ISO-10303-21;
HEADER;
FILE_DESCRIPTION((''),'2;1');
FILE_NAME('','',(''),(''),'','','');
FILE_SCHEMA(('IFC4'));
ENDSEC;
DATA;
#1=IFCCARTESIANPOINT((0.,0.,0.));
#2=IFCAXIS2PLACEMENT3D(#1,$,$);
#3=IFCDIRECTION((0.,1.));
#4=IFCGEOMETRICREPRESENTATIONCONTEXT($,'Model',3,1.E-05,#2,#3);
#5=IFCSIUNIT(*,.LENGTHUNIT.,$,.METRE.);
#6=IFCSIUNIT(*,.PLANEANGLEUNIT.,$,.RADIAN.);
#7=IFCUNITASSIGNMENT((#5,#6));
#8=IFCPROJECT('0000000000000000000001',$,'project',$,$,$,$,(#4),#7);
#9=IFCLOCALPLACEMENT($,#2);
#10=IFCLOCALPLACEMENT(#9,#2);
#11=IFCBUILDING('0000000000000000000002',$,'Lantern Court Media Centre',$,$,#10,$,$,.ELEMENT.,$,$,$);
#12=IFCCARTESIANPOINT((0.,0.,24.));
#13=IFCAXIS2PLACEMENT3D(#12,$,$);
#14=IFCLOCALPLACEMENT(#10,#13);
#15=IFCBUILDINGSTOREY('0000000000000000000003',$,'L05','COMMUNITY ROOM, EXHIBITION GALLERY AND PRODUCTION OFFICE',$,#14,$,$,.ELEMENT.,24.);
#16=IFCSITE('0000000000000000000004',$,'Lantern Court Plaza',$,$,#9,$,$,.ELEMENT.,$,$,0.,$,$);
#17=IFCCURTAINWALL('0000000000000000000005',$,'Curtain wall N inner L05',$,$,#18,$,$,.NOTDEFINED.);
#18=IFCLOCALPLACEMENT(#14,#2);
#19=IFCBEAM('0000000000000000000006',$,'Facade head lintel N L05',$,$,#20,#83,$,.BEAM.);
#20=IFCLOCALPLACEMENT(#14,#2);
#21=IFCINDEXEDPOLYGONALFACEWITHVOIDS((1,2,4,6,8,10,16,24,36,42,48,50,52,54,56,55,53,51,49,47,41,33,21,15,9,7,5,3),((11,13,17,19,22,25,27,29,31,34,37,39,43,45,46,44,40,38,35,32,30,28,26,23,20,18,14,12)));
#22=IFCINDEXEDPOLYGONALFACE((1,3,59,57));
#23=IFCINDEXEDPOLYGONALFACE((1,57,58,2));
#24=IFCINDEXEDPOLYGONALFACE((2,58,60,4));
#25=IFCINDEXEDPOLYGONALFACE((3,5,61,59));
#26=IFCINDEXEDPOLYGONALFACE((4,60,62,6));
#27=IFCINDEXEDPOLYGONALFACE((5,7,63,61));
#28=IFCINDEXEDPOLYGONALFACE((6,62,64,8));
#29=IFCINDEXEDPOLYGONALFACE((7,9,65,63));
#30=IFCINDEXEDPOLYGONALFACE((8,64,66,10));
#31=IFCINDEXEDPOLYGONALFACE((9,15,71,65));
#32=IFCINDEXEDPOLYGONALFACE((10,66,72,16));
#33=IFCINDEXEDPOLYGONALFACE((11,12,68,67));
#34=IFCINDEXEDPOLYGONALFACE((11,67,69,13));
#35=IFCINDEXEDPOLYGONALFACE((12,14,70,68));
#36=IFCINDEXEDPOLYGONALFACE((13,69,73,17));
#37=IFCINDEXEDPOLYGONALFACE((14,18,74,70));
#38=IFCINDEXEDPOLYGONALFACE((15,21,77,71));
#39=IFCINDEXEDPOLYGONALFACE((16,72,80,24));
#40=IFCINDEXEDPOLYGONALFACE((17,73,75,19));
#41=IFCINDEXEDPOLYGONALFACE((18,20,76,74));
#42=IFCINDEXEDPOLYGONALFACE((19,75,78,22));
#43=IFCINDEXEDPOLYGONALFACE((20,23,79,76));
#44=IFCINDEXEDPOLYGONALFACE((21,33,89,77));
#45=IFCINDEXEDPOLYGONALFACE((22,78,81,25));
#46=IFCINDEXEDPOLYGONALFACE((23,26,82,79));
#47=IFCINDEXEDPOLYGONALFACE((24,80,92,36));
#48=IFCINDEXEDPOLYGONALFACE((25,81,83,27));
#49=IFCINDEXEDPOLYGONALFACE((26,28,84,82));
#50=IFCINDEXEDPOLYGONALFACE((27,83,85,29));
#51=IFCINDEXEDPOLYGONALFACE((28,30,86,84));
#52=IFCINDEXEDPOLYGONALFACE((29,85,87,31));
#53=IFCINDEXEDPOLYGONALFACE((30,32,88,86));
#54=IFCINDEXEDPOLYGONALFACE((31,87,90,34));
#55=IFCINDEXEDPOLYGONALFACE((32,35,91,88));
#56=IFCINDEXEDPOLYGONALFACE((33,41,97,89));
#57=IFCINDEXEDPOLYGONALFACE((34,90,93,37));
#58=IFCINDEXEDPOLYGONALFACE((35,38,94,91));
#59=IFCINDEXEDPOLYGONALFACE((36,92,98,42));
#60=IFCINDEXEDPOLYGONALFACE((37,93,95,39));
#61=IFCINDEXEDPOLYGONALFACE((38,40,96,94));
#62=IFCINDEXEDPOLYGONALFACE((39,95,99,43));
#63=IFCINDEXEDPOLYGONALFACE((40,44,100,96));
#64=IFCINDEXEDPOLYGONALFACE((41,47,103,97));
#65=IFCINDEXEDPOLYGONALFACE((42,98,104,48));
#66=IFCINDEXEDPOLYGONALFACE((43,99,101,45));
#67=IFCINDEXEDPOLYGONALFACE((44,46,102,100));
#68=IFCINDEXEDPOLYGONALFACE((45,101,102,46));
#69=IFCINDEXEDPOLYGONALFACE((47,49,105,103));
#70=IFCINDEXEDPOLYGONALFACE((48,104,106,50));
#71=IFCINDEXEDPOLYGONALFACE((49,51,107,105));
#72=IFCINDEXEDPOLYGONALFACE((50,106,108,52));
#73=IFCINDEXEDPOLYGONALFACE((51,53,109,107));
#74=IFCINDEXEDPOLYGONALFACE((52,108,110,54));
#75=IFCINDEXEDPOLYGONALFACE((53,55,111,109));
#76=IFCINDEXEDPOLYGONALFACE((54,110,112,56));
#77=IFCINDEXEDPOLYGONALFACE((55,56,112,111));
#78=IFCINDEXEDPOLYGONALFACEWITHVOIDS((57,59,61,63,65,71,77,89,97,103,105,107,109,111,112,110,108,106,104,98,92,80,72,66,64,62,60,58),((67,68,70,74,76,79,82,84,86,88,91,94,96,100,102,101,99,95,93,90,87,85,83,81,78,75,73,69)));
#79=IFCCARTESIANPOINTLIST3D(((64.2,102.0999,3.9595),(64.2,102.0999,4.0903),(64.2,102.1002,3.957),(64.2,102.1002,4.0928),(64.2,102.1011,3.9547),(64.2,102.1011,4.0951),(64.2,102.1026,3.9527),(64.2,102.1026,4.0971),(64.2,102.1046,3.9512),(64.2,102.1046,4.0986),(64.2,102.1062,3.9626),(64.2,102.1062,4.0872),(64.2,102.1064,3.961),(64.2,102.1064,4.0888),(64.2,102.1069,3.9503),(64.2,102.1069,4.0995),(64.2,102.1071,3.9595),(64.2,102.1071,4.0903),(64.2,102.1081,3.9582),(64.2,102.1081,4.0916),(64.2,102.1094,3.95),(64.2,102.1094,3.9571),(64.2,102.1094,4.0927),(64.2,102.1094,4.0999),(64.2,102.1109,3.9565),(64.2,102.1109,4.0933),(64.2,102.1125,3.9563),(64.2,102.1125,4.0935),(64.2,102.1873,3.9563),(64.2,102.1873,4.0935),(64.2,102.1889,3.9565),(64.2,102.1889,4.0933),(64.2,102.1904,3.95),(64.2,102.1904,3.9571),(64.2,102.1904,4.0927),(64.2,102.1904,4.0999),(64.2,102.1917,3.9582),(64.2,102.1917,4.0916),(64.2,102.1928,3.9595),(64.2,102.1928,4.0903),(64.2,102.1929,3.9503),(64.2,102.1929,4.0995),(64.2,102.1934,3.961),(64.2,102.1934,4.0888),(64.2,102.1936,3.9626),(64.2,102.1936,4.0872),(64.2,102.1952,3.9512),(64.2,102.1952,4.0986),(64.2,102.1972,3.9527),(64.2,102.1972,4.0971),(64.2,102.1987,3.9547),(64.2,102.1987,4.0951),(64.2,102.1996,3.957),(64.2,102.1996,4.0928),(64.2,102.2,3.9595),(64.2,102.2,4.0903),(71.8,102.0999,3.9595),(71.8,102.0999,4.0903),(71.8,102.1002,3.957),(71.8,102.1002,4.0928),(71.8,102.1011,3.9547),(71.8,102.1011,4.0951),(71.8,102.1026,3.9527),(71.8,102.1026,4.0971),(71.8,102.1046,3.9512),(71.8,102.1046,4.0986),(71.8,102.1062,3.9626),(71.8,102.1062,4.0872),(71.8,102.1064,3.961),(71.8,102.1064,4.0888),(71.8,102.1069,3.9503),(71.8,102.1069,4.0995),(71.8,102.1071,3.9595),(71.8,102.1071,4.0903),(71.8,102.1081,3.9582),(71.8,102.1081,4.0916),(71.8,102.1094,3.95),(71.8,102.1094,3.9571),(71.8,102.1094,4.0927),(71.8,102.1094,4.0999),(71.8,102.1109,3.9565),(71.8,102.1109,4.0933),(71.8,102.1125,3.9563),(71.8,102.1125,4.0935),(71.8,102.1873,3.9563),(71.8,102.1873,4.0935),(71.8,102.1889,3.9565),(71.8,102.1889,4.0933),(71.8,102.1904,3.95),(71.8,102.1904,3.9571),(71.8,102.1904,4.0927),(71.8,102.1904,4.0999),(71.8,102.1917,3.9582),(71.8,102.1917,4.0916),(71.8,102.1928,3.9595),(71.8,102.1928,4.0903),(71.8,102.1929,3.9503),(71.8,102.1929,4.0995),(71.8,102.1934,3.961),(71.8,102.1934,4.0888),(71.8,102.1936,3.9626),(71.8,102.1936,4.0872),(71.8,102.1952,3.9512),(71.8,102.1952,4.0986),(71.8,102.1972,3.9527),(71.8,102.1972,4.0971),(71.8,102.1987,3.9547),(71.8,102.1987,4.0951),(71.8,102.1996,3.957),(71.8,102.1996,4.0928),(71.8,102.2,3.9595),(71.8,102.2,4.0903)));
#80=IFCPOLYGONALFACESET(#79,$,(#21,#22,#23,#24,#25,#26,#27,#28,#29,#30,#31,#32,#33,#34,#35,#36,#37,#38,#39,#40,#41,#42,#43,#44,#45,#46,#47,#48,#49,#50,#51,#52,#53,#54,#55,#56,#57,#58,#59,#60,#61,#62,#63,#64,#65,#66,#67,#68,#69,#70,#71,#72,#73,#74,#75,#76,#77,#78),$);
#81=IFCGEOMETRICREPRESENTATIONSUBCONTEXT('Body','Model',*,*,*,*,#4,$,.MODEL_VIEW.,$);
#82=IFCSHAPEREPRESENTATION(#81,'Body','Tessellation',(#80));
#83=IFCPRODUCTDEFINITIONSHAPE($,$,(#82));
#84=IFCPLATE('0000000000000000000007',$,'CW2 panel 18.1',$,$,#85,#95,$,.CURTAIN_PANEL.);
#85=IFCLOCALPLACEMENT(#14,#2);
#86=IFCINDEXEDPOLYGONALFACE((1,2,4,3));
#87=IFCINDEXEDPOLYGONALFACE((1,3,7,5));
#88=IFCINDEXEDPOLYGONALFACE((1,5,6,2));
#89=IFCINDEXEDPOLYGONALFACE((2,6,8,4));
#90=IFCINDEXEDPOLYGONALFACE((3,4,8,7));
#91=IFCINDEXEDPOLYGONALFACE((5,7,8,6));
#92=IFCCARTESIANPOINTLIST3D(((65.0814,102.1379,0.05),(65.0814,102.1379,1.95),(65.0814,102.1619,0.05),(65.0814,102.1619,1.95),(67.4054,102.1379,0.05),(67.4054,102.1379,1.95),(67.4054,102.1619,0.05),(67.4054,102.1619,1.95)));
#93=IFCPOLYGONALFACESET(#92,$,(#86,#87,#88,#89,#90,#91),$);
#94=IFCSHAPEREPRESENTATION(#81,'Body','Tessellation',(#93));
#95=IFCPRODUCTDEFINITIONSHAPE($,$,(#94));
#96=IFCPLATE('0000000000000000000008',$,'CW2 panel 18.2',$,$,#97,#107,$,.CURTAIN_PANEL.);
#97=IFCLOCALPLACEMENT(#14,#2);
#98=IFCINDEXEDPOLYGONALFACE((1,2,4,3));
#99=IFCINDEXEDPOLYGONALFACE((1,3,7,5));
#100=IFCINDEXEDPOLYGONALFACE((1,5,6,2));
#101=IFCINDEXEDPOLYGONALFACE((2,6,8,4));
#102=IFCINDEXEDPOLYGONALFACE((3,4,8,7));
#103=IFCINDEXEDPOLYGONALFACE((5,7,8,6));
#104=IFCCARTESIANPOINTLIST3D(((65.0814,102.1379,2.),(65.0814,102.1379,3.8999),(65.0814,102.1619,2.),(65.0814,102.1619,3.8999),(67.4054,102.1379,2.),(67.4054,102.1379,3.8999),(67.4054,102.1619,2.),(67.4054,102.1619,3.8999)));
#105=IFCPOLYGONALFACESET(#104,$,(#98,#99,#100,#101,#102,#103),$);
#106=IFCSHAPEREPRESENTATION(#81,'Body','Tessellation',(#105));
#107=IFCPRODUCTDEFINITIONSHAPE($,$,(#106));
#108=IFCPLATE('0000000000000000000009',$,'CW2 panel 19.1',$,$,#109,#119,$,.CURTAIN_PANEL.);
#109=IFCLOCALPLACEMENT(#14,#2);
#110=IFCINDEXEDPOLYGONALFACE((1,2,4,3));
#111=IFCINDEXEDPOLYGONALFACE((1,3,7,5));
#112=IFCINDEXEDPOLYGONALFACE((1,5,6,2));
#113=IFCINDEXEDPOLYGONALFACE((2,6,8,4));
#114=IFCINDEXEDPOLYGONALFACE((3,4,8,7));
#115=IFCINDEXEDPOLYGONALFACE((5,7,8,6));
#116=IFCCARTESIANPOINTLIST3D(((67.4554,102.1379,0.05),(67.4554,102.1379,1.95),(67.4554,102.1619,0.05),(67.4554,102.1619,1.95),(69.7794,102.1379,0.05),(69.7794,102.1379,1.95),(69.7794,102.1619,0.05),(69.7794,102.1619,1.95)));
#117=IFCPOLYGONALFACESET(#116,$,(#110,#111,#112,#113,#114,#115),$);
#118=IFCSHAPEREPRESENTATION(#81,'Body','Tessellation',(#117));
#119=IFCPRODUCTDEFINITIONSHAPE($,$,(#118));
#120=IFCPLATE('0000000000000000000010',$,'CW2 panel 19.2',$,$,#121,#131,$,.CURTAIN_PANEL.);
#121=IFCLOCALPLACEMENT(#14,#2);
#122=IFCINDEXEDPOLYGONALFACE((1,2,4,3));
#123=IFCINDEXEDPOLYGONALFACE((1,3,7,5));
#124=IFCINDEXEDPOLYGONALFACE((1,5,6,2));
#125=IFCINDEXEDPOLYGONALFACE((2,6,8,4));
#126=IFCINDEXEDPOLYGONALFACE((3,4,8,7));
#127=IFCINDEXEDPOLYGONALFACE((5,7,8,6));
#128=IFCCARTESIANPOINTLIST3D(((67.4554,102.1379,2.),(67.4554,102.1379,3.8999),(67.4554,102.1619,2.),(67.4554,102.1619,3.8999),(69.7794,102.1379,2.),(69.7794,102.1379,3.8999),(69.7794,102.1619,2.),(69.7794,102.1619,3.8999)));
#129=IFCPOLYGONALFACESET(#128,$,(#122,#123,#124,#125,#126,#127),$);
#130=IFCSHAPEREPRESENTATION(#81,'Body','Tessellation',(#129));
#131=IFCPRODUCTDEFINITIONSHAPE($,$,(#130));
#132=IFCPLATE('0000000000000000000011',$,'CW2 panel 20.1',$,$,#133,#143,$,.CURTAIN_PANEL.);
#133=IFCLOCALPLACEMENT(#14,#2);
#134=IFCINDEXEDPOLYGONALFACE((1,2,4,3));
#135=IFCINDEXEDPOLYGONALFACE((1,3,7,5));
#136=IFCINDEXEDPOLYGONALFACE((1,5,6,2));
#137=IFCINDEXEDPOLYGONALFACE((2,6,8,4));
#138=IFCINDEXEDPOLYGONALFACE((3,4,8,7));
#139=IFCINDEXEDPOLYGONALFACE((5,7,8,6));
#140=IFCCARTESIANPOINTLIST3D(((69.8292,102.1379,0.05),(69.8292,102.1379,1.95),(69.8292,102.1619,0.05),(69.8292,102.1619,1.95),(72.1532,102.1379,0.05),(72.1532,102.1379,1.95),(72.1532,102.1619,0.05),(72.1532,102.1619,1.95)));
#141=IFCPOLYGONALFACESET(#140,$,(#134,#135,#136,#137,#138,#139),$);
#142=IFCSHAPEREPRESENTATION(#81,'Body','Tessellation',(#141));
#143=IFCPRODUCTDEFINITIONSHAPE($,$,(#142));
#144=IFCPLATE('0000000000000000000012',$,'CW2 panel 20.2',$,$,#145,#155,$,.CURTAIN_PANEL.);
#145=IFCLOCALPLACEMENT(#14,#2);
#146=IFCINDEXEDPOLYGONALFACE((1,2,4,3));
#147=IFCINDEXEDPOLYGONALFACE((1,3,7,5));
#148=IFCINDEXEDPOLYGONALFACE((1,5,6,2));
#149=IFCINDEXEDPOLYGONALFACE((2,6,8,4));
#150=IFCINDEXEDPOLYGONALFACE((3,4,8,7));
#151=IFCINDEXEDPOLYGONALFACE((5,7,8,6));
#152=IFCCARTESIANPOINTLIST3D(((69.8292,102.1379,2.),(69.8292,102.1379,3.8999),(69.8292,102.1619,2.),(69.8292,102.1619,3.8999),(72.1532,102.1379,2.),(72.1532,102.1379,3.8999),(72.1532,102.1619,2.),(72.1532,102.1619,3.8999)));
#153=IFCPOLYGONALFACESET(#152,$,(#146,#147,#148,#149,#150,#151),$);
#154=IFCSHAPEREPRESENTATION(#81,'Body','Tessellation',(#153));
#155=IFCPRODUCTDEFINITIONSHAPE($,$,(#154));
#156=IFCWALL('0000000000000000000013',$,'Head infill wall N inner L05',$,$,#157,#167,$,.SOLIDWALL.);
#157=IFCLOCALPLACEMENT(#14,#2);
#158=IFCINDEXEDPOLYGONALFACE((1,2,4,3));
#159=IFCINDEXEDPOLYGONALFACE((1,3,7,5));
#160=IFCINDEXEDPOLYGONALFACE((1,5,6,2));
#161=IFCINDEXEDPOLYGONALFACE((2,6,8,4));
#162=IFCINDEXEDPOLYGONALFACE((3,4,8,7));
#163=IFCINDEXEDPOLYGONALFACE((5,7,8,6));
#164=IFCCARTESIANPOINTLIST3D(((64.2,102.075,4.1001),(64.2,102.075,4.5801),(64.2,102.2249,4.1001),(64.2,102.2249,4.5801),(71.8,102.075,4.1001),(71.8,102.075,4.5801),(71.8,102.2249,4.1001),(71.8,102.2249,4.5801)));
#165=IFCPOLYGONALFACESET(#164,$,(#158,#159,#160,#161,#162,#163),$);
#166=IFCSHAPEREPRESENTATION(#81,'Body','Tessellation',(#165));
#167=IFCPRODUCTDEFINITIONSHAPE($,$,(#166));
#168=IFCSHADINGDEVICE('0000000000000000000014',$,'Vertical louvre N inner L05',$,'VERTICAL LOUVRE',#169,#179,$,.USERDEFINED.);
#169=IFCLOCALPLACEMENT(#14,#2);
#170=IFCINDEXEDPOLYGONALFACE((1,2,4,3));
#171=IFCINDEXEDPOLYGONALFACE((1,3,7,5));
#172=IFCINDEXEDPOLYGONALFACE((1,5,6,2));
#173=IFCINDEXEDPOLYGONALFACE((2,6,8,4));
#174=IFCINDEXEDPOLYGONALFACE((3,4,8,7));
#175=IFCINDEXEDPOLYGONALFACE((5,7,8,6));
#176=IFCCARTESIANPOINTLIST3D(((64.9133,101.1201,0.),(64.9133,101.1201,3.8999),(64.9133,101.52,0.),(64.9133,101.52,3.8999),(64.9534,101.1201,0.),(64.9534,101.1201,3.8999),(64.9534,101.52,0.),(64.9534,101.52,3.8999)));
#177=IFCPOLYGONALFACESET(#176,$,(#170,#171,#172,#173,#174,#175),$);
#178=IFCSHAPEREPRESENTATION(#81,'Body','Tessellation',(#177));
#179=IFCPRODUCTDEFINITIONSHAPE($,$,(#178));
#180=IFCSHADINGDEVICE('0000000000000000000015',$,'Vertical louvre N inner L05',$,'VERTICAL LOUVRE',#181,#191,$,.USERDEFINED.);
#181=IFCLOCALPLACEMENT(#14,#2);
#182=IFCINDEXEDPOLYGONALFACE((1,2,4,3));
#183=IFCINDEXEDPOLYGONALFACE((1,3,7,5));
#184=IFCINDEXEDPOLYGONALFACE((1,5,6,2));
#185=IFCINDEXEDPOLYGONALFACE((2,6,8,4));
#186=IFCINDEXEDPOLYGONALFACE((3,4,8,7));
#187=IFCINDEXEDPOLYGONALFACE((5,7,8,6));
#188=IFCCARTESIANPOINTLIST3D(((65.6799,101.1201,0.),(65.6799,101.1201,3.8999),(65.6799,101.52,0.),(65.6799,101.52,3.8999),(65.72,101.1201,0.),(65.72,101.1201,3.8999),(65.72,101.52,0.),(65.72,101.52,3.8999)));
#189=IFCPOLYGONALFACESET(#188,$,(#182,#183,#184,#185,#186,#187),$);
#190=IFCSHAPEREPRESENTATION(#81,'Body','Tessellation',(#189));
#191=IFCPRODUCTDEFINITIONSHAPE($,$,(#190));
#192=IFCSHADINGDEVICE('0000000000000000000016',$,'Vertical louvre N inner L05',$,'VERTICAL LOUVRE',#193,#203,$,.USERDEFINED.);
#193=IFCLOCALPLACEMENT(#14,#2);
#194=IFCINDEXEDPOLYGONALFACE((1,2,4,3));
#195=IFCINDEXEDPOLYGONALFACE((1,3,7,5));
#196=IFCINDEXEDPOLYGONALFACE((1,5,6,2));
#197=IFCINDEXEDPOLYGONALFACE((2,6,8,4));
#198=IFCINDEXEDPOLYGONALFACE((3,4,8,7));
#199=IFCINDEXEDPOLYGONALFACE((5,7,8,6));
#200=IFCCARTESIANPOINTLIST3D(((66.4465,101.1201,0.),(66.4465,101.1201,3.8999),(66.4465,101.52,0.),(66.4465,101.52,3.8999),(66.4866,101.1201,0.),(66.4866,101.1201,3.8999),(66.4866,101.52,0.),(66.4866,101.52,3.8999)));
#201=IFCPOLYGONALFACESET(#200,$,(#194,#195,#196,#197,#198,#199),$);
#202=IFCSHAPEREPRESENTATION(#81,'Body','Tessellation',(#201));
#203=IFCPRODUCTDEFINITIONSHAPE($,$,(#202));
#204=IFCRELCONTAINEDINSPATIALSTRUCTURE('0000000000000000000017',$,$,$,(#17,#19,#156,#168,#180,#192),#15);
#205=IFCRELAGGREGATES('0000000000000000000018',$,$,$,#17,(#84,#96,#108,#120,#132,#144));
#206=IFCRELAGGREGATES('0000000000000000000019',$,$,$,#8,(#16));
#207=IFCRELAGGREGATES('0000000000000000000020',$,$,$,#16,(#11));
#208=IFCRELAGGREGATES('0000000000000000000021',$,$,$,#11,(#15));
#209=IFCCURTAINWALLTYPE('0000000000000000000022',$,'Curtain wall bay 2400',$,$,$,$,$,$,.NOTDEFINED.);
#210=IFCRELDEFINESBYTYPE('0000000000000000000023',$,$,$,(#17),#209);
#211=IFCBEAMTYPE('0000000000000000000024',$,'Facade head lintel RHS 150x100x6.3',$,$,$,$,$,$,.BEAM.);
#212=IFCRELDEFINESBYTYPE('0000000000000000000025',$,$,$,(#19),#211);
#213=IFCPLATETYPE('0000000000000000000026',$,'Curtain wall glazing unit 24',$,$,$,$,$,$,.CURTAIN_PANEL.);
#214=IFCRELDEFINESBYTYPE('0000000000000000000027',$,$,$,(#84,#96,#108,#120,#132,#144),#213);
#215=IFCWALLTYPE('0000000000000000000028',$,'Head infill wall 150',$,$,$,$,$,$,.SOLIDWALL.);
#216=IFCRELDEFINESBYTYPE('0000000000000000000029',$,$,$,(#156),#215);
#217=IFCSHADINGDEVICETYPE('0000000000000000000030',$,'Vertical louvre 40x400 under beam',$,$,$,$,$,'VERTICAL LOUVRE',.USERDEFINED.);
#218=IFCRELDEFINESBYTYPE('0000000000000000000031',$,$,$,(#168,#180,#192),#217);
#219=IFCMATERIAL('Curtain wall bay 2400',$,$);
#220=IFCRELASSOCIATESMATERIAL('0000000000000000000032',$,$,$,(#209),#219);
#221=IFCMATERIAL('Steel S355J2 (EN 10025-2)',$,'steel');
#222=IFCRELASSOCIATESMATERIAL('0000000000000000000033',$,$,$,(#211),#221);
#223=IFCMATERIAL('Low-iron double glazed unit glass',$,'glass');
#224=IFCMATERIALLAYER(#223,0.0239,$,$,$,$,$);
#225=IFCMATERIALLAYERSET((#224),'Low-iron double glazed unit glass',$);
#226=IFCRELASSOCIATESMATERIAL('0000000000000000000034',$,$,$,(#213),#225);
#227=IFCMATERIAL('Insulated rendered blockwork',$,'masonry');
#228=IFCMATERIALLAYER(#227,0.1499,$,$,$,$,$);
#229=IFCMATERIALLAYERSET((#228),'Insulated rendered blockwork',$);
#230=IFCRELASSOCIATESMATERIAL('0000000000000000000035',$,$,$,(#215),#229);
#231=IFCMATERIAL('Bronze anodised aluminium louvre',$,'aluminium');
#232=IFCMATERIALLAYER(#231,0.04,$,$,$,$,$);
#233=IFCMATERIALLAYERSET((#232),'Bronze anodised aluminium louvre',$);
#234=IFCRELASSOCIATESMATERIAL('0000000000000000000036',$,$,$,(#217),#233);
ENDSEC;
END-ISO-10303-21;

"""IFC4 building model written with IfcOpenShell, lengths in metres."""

from ifc_helpers import new_model, si_unit, direction, frame, frame_2d, origin, origin_2d, place, context, subcontext, project, spatial, rectangle, hollow_rectangle, extrude, material, layer, layer_set, material_profile, profile_set, type_object, element, aggregate, save


model = new_model("IFC4")

# Units and contexts
model_context = context("Model", 3, precision=1e-05, world=origin(), true_north=direction((0.0, 1.0)))
body_context = subcontext(model_context, "Body", "Model", "MODEL_VIEW")
ifc_project = project(units=[si_unit("LENGTHUNIT", "METRE"), si_unit("PLANEANGLEUNIT", "RADIAN")], contexts=[model_context])

# Site, building, storey
site_placement = place(None, origin())
site = spatial("IfcSite", under=ifc_project, at=site_placement, Name="Lantern Court Plaza", CompositionType="ELEMENT", RefElevation=0.0)
building_placement = place(site_placement, origin())
building = spatial("IfcBuilding", under=site, at=building_placement, Name="Lantern Court Media Centre", CompositionType="ELEMENT")
storey_placement = place(building_placement, frame((0.0, 0.0, 24.0)))
storey = spatial("IfcBuildingStorey", under=building, at=storey_placement, Name="L05", Description="COMMUNITY ROOM, EXHIBITION GALLERY AND PRODUCTION OFFICE", CompositionType="ELEMENT", Elevation=24.0)

# Curtain wall
ifc_material_1 = material(Name="Curtain wall bay 2400")
curtain_wall_type = type_object("IfcCurtainWallType", Name="Curtain wall bay 2400", PredefinedType="NOTDEFINED", material=ifc_material_1)
curtain_wall_placement = place(storey_placement, origin())
curtain_wall = element("IfcCurtainWall", 1, at=curtain_wall_placement, inside=storey, type_object=curtain_wall_type, Name="Curtain wall N inner L05", PredefinedType="NOTDEFINED")

# Beam
ifc_material_2 = material(Name="Steel S355J2 (EN 10025-2)", Category="steel")
ifc_material_profile_1 = material_profile(ifc_material_2, hollow_rectangle(XDim=0.1001, YDim=0.1499, WallThickness=0.0063, InnerFilletRadius=0.0063, OuterFilletRadius=0.0095, at=origin_2d()), Name="Facade head lintel RHS 150x100x6.3")
ifc_profile_set_1 = profile_set([ifc_material_profile_1], Name="Steel S355J2 (EN 10025-2)")
beam_type = type_object("IfcBeamType", Name="Facade head lintel RHS 150x100x6.3", PredefinedType="BEAM", material=ifc_profile_set_1)
beam_placement = place(storey_placement, frame((64.2, 102.1499, 4.0249), z_axis=(1.0, 0.0, 0.0), x_axis=(0.0, 1.0, 0.0)))
element("IfcBeam", 2, at=beam_placement, inside=storey, type_object=beam_type, Name="Facade head lintel N L05", PredefinedType="BEAM", context=body_context, shape_type="SweptSolid", body=[
    extrude(hollow_rectangle(XDim=0.1001, YDim=0.1499, WallThickness=0.0063, InnerFilletRadius=0.0063, OuterFilletRadius=0.0095, at=origin_2d()), origin(), (0.0, 0.0, 1.0), 7.6001),
])

# Plates
ifc_material_3 = material(Name="Low-iron double glazed unit glass", Category="glass")
ifc_layer_1 = layer(ifc_material_3, 0.0239)
ifc_layer_set_1 = layer_set([ifc_layer_1], Name="Low-iron double glazed unit glass")
plate_type = type_object("IfcPlateType", Name="Curtain wall glazing unit 24", PredefinedType="CURTAIN_PANEL", material=ifc_layer_set_1)
plate_1_placement = place(storey_placement, frame((66.2434, 102.1499, 0.05), z_axis=(0.0, 0.0, 1.0), x_axis=(1.0, 0.0, 0.0)))
plate_1 = element("IfcPlate", 3, at=plate_1_placement, type_object=plate_type, Name="CW2 panel 18.1", PredefinedType="CURTAIN_PANEL", context=body_context, shape_type="SweptSolid", body=[
    extrude(rectangle(XDim=2.324, YDim=0.0239, at=origin_2d()), origin(), (0.0, 0.0, 1.0), 1.8999),
])
plate_2_placement = place(storey_placement, frame((66.2434, 102.1499, 2.0), z_axis=(0.0, 0.0, 1.0), x_axis=(1.0, 0.0, 0.0)))
plate_2 = element("IfcPlate", 4, at=plate_2_placement, type_object=plate_type, Name="CW2 panel 18.2", PredefinedType="CURTAIN_PANEL", context=body_context, shape_type="SweptSolid", body=[
    extrude(rectangle(XDim=2.324, YDim=0.0239, at=origin_2d()), origin(), (0.0, 0.0, 1.0), 1.8999),
])
plate_3_placement = place(storey_placement, frame((68.6174, 102.1499, 0.05), z_axis=(0.0, 0.0, 1.0), x_axis=(1.0, 0.0, 0.0)))
plate_3 = element("IfcPlate", 5, at=plate_3_placement, type_object=plate_type, Name="CW2 panel 19.1", PredefinedType="CURTAIN_PANEL", context=body_context, shape_type="SweptSolid", body=[
    extrude(rectangle(XDim=2.324, YDim=0.0239, at=origin_2d()), origin(), (0.0, 0.0, 1.0), 1.8999),
])
plate_4_placement = place(storey_placement, frame((68.6174, 102.1499, 2.0), z_axis=(0.0, 0.0, 1.0), x_axis=(1.0, 0.0, 0.0)))
plate_4 = element("IfcPlate", 6, at=plate_4_placement, type_object=plate_type, Name="CW2 panel 19.2", PredefinedType="CURTAIN_PANEL", context=body_context, shape_type="SweptSolid", body=[
    extrude(rectangle(XDim=2.324, YDim=0.0239, at=origin_2d()), origin(), (0.0, 0.0, 1.0), 1.8999),
])
plate_5_placement = place(storey_placement, frame((70.9912, 102.1499, 0.05), z_axis=(0.0, 0.0, 1.0), x_axis=(1.0, 0.0, 0.0)))
plate_5 = element("IfcPlate", 7, at=plate_5_placement, type_object=plate_type, Name="CW2 panel 20.1", PredefinedType="CURTAIN_PANEL", context=body_context, shape_type="SweptSolid", body=[
    extrude(rectangle(XDim=2.324, YDim=0.0239, at=origin_2d()), origin(), (0.0, 0.0, 1.0), 1.8999),
])
plate_6_placement = place(storey_placement, frame((70.9912, 102.1499, 2.0), z_axis=(0.0, 0.0, 1.0), x_axis=(1.0, 0.0, 0.0)))
plate_6 = element("IfcPlate", 8, at=plate_6_placement, type_object=plate_type, Name="CW2 panel 20.2", PredefinedType="CURTAIN_PANEL", context=body_context, shape_type="SweptSolid", body=[
    extrude(rectangle(XDim=2.324, YDim=0.0239, at=origin_2d()), origin(), (0.0, 0.0, 1.0), 1.8999),
])
aggregate(curtain_wall, [plate_1, plate_2, plate_3, plate_4, plate_5, plate_6])

# Wall
ifc_material_4 = material(Name="Insulated rendered blockwork", Category="masonry")
ifc_layer_2 = layer(ifc_material_4, 0.1499)
ifc_layer_set_2 = layer_set([ifc_layer_2], Name="Insulated rendered blockwork")
wall_type = type_object("IfcWallType", Name="Head infill wall 150", PredefinedType="SOLIDWALL", material=ifc_layer_set_2)
wall_placement = place(storey_placement, frame((64.2, 102.1499, 4.1001), z_axis=(0.0, 0.0, 1.0), x_axis=(1.0, 0.0, 0.0)))
element("IfcWall", 9, at=wall_placement, inside=storey, type_object=wall_type, Name="Head infill wall N inner L05", PredefinedType="SOLIDWALL", context=body_context, shape_type="SweptSolid", body=[
    extrude(rectangle(XDim=7.6001, YDim=0.1499, at=frame_2d((3.8, 0.0))), origin(), (0.0, 0.0, 1.0), 0.48),
])

# Shading devices
ifc_material_5 = material(Name="Bronze anodised aluminium louvre", Category="aluminium")
ifc_layer_3 = layer(ifc_material_5, 0.04)
ifc_layer_set_3 = layer_set([ifc_layer_3], Name="Bronze anodised aluminium louvre")
shading_device_type = type_object("IfcShadingDeviceType", Name="Vertical louvre 40x400 under beam", ElementType="VERTICAL LOUVRE", PredefinedType="USERDEFINED", material=ifc_layer_set_3)
for number, where, z_axis, x_axis, name in (
    (10, (64.9333, 101.3201, 0.0), (0.0, 0.0, 1.0), (1.0, 0.0, 0.0), "Vertical louvre N inner L05"),
    (11, (65.7, 101.3201, 0.0), (0.0, 0.0, 1.0), (1.0, 0.0, 0.0), "Vertical louvre N inner L05"),
    (12, (66.4666, 101.3201, 0.0), (0.0, 0.0, 1.0), (1.0, 0.0, 0.0), "Vertical louvre N inner L05"),
):
    element("IfcShadingDevice", number, at=place(storey_placement, frame(where, z_axis=z_axis, x_axis=x_axis)), inside=storey, type_object=shading_device_type, Name=name, ObjectType="VERTICAL LOUVRE", PredefinedType="USERDEFINED", context=body_context, shape_type="SweptSolid", body=[
        extrude(rectangle(XDim=0.04, YDim=0.3999, at=origin_2d()), origin(), (0.0, 0.0, 1.0), 3.8999),
    ])

save(model, "model.ifc")
